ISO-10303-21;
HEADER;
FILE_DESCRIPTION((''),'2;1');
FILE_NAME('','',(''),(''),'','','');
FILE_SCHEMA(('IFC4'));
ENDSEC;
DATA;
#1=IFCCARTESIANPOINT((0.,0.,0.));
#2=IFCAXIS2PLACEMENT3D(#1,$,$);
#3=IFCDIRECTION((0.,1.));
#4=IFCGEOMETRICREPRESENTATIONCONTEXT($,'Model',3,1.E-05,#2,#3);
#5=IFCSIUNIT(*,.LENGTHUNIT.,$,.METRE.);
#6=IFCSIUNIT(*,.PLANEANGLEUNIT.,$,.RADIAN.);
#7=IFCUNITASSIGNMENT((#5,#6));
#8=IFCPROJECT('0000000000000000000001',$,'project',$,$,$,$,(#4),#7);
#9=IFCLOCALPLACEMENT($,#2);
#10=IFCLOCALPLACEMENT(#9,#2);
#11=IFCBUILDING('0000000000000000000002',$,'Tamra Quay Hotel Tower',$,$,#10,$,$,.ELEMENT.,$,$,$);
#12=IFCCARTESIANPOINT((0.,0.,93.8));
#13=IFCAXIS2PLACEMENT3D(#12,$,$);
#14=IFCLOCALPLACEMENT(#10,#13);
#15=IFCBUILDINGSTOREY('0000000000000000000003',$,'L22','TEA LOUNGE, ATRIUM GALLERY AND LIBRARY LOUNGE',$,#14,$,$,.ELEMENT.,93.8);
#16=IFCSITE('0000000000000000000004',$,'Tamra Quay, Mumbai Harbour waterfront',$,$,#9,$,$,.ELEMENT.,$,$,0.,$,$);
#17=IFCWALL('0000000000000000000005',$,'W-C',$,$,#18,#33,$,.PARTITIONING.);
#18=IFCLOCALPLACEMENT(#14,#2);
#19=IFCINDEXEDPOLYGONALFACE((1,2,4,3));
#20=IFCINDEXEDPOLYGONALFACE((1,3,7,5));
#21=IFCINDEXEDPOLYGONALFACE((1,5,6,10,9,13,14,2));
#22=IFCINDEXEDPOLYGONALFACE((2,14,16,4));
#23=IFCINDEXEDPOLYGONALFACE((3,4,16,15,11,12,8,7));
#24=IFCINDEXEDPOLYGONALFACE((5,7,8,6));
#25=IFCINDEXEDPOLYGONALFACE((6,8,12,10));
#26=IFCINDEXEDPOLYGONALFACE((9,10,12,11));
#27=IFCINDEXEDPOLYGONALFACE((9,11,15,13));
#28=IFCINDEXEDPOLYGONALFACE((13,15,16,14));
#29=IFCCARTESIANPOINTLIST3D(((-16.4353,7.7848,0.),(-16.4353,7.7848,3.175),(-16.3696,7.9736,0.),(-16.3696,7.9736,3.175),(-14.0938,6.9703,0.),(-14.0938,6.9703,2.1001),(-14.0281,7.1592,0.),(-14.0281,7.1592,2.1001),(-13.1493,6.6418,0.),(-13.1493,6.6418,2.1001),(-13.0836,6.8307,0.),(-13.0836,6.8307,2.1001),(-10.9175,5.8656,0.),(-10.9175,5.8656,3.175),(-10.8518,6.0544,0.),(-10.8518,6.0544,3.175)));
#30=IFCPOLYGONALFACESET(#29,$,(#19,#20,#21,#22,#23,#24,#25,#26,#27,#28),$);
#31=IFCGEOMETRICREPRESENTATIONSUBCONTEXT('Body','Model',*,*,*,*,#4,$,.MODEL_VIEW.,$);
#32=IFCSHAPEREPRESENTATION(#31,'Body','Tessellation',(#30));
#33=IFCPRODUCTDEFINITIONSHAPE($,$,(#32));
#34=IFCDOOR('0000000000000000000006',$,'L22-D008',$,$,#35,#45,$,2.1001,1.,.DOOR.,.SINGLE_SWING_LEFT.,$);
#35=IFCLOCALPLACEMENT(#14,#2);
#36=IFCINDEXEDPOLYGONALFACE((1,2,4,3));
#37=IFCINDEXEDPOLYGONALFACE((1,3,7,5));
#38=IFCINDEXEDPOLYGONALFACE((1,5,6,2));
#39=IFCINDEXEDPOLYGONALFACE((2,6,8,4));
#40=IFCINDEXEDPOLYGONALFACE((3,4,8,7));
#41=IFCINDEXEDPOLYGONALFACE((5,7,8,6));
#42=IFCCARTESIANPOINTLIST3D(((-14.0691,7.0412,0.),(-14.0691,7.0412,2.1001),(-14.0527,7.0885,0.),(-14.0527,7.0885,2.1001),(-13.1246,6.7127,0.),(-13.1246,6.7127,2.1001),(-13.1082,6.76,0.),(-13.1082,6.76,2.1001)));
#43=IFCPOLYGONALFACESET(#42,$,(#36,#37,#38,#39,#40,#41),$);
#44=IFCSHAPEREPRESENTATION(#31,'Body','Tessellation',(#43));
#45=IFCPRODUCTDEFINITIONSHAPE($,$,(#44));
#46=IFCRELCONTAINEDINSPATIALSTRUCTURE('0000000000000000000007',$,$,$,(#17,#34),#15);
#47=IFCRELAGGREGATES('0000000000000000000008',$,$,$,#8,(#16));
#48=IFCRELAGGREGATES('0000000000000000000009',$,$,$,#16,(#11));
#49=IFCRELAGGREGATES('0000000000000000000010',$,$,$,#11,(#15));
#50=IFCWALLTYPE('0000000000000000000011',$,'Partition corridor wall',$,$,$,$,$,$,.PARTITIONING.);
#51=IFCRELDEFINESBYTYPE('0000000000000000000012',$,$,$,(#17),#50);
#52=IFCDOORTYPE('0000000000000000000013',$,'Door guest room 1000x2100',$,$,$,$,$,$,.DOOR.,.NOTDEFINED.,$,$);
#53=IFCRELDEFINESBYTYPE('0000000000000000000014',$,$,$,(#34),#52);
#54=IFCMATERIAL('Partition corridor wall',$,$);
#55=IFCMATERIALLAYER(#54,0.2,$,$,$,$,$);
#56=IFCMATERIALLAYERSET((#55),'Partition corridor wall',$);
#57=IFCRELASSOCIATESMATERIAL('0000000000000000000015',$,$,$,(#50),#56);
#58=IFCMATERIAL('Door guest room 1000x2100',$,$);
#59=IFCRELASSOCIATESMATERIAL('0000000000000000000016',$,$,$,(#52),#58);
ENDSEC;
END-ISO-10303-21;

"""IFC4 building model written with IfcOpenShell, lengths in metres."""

from ifc_helpers import new_model, si_unit, direction, frame, frame_2d, origin, place, context, subcontext, project, spatial, rectangle, extrude, material, layer, layer_set, type_object, element, fill, save


model = new_model("IFC4")

# Units and contexts
model_context = context("Model", 3, precision=1e-05, world=origin(), true_north=direction((0.0, 1.0)))
body_context = subcontext(model_context, "Body", "Model", "MODEL_VIEW")
ifc_project = project(units=[si_unit("LENGTHUNIT", "METRE"), si_unit("PLANEANGLEUNIT", "RADIAN")], contexts=[model_context])

# Site, building, storey
site_placement = place(None, origin())
site = spatial("IfcSite", under=ifc_project, at=site_placement, Name="Tamra Quay, Mumbai Harbour waterfront", CompositionType="ELEMENT", RefElevation=0.0)
building_placement = place(site_placement, origin())
building = spatial("IfcBuilding", under=site, at=building_placement, Name="Tamra Quay Hotel Tower", CompositionType="ELEMENT")
storey_placement = place(building_placement, frame((0.0, 0.0, 93.8)))
storey = spatial("IfcBuildingStorey", under=building, at=storey_placement, Name="L22", Description="TEA LOUNGE, ATRIUM GALLERY AND LIBRARY LOUNGE", CompositionType="ELEMENT", Elevation=93.8)

# Shared definitions
ifc_material_1 = material(Name="Partition corridor wall")
ifc_layer_1 = layer(ifc_material_1, 0.2)
ifc_layer_set_1 = layer_set([ifc_layer_1], Name="Partition corridor wall")
wall_type_1 = type_object("IfcWallType", Name="Partition corridor wall", PredefinedType="PARTITIONING", material=ifc_layer_set_1)
ifc_material_2 = material(Name="Door guest room 1000x2100")
door_type_1 = type_object("IfcDoorType", Name="Door guest room 1000x2100", OperationType="NOTDEFINED", PredefinedType="DOOR", material=ifc_material_2)

# Wall, opening, door
wall_1_placement = place(storey_placement, frame((-16.4023, 7.8792, 0.0), z_axis=(0.0, 0.0, 1.0), x_axis=(0.9445, -0.328513, 0.0)))
wall_1 = element("IfcWall", 1, at=wall_1_placement, inside=storey, type_object=wall_type_1, Name="W-C", PredefinedType="PARTITIONING", context=body_context, shape_type="SweptSolid", body=[
    extrude(rectangle(XDim=5.842, YDim=0.2, at=frame_2d((2.9209, 0.0))), origin(), (0.0, 0.0, 1.0), 3.175),
])
opening_1_placement = place(wall_1_placement, frame((2.479, 0.0, 0.0)))
opening_1 = element("IfcOpeningElement", 2, at=opening_1_placement, cuts=wall_1, PredefinedType="OPENING", context=body_context, shape_type="SweptSolid", body=[
    extrude(rectangle(XDim=1.0, YDim=2.1001, at=frame_2d((0.5, 1.05))), frame((0.0, 0.1099, 0.0), z_axis=(0.0, -1.0, 0.0), x_axis=(1.0, 0.0, 0.0)), (0.0, 0.0, 1.0), 0.22),
])
door_1_placement = place(opening_1_placement, frame((1.0, 0.0, 0.0), z_axis=(0.0, 0.0, 1.0), x_axis=(-1.0, 0.0, 0.0)))
door_1 = element("IfcDoor", 3, at=door_1_placement, inside=storey, type_object=door_type_1, Name="L22-D008", OperationType="SINGLE_SWING_LEFT", OverallHeight=2.1001, OverallWidth=1.0, PredefinedType="DOOR", context=body_context, shape_type="SweptSolid", body=[
    extrude(rectangle(XDim=1.0, YDim=2.1001, at=frame_2d((0.5, 1.05))), frame((0.0, 0.0249, 0.0), z_axis=(0.0, -1.0, 0.0), x_axis=(1.0, 0.0, 0.0)), (0.0, 0.0, 1.0), 0.05),
])
fill(opening_1, door_1)

save(model, "model.ifc")
